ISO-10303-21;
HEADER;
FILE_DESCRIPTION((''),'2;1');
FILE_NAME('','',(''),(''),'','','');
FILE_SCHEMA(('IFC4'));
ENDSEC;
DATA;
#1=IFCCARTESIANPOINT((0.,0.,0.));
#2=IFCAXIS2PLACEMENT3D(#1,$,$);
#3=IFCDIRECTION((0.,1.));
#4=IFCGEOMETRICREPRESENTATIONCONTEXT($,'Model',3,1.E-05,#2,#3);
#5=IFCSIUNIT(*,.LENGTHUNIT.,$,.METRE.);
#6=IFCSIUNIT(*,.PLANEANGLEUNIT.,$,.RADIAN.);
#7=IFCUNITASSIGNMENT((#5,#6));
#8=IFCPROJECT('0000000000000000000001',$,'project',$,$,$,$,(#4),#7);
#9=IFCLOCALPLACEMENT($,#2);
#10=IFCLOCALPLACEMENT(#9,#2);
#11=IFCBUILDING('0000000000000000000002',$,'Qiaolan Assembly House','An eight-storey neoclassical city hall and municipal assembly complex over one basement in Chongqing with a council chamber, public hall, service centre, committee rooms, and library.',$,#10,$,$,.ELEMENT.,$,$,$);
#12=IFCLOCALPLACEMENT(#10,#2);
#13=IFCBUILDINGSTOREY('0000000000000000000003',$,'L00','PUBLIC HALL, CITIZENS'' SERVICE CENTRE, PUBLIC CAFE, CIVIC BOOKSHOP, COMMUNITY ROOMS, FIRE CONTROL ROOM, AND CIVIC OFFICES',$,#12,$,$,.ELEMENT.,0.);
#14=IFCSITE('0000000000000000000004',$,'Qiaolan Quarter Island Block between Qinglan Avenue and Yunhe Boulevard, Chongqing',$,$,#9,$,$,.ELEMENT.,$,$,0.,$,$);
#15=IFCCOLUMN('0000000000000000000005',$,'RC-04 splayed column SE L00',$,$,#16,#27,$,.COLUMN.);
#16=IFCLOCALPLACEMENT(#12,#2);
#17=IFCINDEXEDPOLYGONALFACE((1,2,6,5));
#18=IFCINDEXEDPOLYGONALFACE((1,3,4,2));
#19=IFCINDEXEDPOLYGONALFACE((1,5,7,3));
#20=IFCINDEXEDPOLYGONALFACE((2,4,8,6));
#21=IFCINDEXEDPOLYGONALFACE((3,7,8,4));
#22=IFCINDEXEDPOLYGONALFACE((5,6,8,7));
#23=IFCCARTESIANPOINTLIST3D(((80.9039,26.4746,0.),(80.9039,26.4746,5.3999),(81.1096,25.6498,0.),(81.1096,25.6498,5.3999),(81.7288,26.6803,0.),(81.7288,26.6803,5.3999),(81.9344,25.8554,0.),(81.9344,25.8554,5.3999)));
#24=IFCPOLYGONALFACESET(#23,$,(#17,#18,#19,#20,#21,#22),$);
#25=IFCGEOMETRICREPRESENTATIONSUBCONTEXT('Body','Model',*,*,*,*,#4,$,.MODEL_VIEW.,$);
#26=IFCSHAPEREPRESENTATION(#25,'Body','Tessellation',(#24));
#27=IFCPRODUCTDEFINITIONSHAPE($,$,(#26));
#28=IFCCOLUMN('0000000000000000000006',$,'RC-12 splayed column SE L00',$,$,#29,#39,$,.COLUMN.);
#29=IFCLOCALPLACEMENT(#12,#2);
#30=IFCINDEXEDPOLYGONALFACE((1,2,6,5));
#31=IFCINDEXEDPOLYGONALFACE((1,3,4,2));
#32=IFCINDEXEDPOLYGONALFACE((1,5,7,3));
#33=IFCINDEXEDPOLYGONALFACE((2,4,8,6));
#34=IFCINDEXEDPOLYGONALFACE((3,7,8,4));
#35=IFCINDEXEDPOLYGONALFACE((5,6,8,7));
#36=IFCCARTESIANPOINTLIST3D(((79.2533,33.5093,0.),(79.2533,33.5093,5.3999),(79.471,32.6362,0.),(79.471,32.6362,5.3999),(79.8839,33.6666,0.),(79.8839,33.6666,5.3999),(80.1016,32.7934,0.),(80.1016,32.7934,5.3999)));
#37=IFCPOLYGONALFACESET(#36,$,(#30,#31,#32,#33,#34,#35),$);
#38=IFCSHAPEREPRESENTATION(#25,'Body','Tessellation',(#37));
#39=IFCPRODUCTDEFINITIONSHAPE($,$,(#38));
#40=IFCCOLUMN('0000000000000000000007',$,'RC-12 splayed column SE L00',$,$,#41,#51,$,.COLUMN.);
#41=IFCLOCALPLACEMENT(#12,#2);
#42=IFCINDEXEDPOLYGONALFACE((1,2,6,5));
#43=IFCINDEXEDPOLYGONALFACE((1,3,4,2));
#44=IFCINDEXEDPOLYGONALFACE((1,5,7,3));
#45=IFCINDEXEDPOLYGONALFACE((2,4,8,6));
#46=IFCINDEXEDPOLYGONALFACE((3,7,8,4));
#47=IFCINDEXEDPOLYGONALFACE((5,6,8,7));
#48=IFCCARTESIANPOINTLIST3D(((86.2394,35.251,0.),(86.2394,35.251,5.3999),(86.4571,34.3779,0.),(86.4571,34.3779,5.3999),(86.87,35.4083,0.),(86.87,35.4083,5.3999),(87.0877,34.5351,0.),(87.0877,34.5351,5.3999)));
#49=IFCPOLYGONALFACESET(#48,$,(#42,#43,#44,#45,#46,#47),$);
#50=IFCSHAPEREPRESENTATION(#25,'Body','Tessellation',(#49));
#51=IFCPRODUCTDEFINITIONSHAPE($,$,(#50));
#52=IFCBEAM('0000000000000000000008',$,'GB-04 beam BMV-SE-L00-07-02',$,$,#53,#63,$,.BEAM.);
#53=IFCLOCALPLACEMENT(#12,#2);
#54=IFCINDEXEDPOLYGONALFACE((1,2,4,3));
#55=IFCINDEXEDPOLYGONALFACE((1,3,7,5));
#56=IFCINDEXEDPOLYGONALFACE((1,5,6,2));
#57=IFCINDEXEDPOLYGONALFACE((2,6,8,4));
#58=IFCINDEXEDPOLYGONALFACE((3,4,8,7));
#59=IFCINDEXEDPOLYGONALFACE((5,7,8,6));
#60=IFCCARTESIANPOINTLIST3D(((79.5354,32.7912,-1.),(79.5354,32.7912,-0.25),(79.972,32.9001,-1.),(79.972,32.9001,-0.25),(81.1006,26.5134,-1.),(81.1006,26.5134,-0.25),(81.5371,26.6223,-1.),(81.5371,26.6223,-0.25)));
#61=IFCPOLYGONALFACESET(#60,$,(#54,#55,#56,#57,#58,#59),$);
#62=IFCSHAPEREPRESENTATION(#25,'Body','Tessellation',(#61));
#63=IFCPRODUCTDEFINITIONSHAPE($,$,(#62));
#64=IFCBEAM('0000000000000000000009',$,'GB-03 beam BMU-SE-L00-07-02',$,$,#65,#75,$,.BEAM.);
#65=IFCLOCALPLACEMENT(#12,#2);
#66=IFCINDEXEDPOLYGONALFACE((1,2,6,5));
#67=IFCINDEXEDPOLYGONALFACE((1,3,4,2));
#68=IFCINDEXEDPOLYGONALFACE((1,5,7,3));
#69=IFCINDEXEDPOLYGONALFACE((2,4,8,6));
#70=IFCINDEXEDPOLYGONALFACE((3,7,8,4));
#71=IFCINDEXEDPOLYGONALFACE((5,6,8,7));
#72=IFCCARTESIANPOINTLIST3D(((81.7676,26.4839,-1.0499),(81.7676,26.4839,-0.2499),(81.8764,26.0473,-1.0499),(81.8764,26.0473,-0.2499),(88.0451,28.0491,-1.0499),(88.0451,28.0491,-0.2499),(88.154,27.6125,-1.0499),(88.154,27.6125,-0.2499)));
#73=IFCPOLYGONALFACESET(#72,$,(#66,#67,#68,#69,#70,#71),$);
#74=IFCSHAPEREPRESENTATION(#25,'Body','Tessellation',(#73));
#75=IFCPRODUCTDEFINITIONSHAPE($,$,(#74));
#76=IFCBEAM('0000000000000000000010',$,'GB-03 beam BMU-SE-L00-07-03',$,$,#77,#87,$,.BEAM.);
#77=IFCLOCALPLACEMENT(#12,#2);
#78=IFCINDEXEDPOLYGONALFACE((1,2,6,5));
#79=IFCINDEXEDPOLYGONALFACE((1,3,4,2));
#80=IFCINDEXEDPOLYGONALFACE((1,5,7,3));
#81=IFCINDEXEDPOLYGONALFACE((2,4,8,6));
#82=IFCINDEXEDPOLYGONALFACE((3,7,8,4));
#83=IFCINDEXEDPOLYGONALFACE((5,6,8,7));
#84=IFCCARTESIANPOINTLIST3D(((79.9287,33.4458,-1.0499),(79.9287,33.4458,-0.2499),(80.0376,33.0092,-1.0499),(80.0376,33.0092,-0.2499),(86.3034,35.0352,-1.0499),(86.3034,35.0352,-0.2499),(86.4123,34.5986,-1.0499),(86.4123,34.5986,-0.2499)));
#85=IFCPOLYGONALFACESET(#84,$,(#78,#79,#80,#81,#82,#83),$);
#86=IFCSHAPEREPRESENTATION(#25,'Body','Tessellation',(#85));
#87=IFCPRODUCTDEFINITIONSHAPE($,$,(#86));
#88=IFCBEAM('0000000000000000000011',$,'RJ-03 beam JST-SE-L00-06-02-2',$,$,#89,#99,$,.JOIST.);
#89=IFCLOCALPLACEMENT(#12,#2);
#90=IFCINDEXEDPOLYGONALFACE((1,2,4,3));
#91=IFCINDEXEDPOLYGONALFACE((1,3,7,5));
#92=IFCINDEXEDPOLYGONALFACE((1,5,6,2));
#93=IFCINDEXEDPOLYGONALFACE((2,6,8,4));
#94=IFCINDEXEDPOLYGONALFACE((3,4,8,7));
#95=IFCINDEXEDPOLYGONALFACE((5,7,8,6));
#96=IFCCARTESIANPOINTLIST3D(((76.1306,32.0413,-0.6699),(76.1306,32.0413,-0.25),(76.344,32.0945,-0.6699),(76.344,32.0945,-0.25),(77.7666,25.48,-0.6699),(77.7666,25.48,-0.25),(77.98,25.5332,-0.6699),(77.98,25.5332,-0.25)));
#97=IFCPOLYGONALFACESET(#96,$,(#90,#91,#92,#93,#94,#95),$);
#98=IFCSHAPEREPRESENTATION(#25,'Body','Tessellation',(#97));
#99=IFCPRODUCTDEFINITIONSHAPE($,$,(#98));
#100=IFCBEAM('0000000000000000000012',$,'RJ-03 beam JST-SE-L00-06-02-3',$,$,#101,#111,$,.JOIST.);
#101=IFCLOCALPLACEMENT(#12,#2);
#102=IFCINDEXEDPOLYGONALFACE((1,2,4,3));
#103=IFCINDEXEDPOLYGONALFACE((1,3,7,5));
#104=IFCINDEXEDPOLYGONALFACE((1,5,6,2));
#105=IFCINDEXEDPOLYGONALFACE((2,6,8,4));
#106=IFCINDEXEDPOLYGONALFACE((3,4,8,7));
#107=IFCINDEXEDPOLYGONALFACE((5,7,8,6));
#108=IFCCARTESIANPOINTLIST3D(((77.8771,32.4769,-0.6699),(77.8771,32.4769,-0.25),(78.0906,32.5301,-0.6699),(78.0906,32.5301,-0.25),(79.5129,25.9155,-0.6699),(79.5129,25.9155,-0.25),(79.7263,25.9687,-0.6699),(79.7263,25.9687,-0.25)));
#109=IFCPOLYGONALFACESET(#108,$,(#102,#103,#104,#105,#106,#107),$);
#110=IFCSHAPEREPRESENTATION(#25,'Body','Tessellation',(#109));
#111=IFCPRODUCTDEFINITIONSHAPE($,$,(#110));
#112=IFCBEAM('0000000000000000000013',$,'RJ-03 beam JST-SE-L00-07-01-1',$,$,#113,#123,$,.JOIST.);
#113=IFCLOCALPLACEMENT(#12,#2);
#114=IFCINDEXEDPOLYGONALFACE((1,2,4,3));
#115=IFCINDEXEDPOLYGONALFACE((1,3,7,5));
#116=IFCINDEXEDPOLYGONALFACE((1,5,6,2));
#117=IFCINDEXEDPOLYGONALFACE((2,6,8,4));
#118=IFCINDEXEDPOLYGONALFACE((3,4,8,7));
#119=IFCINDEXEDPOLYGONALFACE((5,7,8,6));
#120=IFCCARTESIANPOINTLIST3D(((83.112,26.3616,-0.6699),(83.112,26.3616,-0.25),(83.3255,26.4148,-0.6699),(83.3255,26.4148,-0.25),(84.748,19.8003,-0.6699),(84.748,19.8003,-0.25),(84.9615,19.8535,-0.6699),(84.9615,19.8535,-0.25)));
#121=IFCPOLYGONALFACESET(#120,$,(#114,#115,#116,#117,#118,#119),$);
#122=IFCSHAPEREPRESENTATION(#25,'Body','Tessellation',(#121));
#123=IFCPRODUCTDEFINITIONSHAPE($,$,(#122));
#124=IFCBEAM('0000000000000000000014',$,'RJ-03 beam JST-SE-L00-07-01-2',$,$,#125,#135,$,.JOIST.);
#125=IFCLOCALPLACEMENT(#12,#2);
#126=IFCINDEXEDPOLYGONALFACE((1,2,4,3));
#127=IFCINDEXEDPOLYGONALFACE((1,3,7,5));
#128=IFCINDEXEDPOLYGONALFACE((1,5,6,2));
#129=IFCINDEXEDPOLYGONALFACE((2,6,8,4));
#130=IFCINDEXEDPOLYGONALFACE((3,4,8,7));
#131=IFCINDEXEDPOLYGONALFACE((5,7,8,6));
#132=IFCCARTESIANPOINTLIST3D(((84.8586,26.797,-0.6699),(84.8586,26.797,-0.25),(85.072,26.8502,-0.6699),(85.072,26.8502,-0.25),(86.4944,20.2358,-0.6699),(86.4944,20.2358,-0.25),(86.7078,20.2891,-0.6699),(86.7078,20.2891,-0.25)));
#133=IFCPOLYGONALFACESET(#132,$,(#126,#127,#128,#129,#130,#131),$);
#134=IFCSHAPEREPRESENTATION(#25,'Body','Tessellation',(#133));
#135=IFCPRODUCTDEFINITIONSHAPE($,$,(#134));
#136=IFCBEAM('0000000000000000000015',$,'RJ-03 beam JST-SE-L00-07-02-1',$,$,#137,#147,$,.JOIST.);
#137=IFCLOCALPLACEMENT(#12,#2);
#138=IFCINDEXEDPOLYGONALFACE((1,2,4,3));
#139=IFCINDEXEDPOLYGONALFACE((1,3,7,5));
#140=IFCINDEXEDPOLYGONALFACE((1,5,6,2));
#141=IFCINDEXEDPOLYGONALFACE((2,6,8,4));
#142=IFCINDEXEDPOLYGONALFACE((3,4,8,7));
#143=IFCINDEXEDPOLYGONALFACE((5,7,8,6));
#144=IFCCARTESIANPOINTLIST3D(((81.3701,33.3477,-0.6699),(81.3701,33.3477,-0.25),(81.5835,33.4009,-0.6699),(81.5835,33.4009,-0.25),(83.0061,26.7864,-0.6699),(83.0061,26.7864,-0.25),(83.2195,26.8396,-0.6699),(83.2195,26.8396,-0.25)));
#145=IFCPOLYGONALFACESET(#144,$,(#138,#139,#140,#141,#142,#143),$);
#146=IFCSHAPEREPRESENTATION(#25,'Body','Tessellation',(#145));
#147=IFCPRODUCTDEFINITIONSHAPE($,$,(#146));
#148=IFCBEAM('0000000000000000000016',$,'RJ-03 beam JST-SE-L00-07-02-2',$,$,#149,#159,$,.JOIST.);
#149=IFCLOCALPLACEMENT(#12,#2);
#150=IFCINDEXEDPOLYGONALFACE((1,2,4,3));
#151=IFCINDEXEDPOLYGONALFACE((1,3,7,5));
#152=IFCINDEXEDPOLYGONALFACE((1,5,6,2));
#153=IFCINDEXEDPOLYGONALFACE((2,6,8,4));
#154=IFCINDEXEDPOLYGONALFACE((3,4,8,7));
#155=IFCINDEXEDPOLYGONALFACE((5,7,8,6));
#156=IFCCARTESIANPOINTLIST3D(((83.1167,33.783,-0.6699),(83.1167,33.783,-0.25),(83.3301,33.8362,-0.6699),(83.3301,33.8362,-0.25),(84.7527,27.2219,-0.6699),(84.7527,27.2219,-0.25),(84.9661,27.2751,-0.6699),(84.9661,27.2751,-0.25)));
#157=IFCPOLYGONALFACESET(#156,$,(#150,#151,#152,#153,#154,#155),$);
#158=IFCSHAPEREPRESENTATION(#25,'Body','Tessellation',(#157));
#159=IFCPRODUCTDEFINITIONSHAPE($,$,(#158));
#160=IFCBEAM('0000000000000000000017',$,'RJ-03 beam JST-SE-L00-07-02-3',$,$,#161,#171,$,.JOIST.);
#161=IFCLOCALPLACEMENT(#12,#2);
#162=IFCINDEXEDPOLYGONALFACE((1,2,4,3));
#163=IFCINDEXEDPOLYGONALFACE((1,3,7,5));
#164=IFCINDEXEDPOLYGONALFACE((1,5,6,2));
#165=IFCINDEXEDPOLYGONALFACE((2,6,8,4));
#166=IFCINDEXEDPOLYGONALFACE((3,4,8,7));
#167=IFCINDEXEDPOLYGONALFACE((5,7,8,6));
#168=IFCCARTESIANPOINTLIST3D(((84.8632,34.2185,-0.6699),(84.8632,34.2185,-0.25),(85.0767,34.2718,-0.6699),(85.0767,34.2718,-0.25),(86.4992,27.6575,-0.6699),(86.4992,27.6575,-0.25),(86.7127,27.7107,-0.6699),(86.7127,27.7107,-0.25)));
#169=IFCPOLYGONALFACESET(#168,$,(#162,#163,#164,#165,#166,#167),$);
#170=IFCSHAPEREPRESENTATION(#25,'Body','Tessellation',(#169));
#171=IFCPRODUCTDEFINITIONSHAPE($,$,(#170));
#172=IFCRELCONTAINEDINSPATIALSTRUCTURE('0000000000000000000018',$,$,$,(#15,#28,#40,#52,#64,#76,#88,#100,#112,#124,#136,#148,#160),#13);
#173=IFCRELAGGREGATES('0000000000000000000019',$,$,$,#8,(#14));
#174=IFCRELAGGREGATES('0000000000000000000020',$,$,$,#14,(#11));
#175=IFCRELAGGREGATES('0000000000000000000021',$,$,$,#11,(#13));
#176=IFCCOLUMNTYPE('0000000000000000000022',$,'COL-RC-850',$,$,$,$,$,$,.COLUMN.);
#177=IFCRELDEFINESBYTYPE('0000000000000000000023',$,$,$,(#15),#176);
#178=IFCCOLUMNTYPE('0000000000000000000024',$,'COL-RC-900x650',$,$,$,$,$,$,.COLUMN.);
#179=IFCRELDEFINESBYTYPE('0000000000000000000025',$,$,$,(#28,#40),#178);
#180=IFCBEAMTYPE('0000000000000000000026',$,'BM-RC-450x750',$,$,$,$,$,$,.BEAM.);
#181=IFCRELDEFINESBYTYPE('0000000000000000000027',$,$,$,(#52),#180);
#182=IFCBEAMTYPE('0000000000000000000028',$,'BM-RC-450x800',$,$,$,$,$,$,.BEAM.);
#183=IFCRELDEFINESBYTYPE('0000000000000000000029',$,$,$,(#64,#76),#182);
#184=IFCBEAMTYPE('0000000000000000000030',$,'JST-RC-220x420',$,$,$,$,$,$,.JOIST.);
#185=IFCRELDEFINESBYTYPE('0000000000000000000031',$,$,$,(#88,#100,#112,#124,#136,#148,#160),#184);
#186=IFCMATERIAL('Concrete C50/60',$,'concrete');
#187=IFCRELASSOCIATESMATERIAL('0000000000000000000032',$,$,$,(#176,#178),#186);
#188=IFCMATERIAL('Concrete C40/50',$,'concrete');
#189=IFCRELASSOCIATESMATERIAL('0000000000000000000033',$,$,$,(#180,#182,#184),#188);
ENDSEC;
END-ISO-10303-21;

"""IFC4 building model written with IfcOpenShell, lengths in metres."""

from ifc_helpers import new_model, si_unit, direction, frame, origin, origin_2d, place, context, subcontext, project, spatial, rectangle, extrude, material, material_profile, profile_set, type_object, element, save


model = new_model("IFC4")

# Units and contexts
model_context = context("Model", 3, precision=1e-05, world=origin(), true_north=direction((0.0, 1.0)))
body_context = subcontext(model_context, "Body", "Model", "MODEL_VIEW")
ifc_project = project(units=[si_unit("LENGTHUNIT", "METRE"), si_unit("PLANEANGLEUNIT", "RADIAN")], contexts=[model_context])

# Site, building, storey
site_placement = place(None, origin())
site = spatial("IfcSite", under=ifc_project, at=site_placement, Name="Qiaolan Quarter Island Block between Qinglan Avenue and Yunhe Boulevard, Chongqing", CompositionType="ELEMENT", RefElevation=0.0)
building_placement = place(site_placement, origin())
building = spatial("IfcBuilding", under=site, at=building_placement, Name="Qiaolan Assembly House", Description="An eight-storey neoclassical city hall and municipal assembly complex over one basement in Chongqing with a council chamber, public hall, service centre, committee rooms, and library.", CompositionType="ELEMENT")
storey_placement = place(building_placement, origin())
storey = spatial("IfcBuildingStorey", under=building, at=storey_placement, Name="L00", Description="PUBLIC HALL, CITIZENS' SERVICE CENTRE, PUBLIC CAFE, CIVIC BOOKSHOP, COMMUNITY ROOMS, FIRE CONTROL ROOM, AND CIVIC OFFICES", CompositionType="ELEMENT", Elevation=0.0)

# Columns
ifc_material_1 = material(Name="Concrete C50/60", Category="concrete")
ifc_material_profile_1 = material_profile(ifc_material_1, rectangle(XDim=0.8501, YDim=0.8501, at=origin_2d()), Name="RC 850x850")
ifc_profile_set_1 = profile_set([ifc_material_profile_1], Name="Concrete C50/60")
column_type_1 = type_object("IfcColumnType", Name="COL-RC-850", PredefinedType="COLUMN", material=ifc_profile_set_1)
column_placement = place(storey_placement, frame((81.4192, 26.165, 0.0), z_axis=(0.0, 0.0, 1.0), x_axis=(0.970296, 0.241922, 0.0)))
element("IfcColumn", 1, at=column_placement, inside=storey, type_object=column_type_1, Name="RC-04 splayed column SE L00", PredefinedType="COLUMN", context=body_context, shape_type="SweptSolid", body=[
    extrude(rectangle(XDim=0.8501, YDim=0.8501, at=origin_2d()), origin(), (0.0, 0.0, 1.0), 5.3999),
])
ifc_material_profile_2 = material_profile(ifc_material_1, rectangle(XDim=0.6499, YDim=0.8999, at=origin_2d()), Name="RC 900x650")
ifc_profile_set_2 = profile_set([ifc_material_profile_2], Name="Concrete C50/60")
column_type_2 = type_object("IfcColumnType", Name="COL-RC-900x650", PredefinedType="COLUMN", material=ifc_profile_set_2)
for number, where, z_axis, x_axis, name in (
    (2, (79.6775, 33.1514, 0.0), (0.0, 0.0, 1.0), (0.970296, 0.241922, 0.0), "RC-12 splayed column SE L00"),
    (3, (86.6636, 34.8931, 0.0), (0.0, 0.0, 1.0), (0.970296, 0.241922, 0.0), "RC-12 splayed column SE L00"),
):
    element("IfcColumn", number, at=place(storey_placement, frame(where, z_axis=z_axis, x_axis=x_axis)), inside=storey, type_object=column_type_2, Name=name, PredefinedType="COLUMN", context=body_context, shape_type="SweptSolid", body=[
        extrude(rectangle(XDim=0.6499, YDim=0.8999, at=origin_2d()), origin(), (0.0, 0.0, 1.0), 5.3999),
    ])

# Beams
ifc_material_2 = material(Name="Concrete C40/50", Category="concrete")
ifc_material_profile_3 = material_profile(ifc_material_2, rectangle(XDim=0.45, YDim=0.75, at=origin_2d()), Name="RCB 450x750")
ifc_profile_set_3 = profile_set([ifc_material_profile_3], Name="Concrete C40/50")
beam_type_1 = type_object("IfcBeamType", Name="BM-RC-450x750", PredefinedType="BEAM", material=ifc_profile_set_3)
beam_1_placement = place(storey_placement, frame((81.3188, 26.5679, -0.625), z_axis=(-0.241914, 0.970298, 0.0), x_axis=(-0.970298, -0.241914, 0.0)))
element("IfcBeam", 4, at=beam_1_placement, inside=storey, type_object=beam_type_1, Name="GB-04 beam BMV-SE-L00-07-02", PredefinedType="BEAM", context=body_context, shape_type="SweptSolid", body=[
    extrude(rectangle(XDim=0.45, YDim=0.75, at=origin_2d()), origin(), (0.0, 0.0, 1.0), 6.47),
])
ifc_material_profile_4 = material_profile(ifc_material_2, rectangle(XDim=0.45, YDim=0.8, at=origin_2d()), Name="RCB 450x800")
ifc_profile_set_4 = profile_set([ifc_material_profile_4], Name="Concrete C40/50")
beam_type_2 = type_object("IfcBeamType", Name="BM-RC-450x800", PredefinedType="BEAM", material=ifc_profile_set_4)
beam_2_placement = place(storey_placement, frame((81.822, 26.2656, -0.6499), z_axis=(0.970295, 0.241923, 0.0), x_axis=(-0.241923, 0.970295, 0.0)))
element("IfcBeam", 5, at=beam_2_placement, inside=storey, type_object=beam_type_2, Name="GB-03 beam BMU-SE-L00-07-02", PredefinedType="BEAM", context=body_context, shape_type="SweptSolid", body=[
    extrude(rectangle(XDim=0.45, YDim=0.8, at=origin_2d()), origin(), (0.0, 0.0, 1.0), 6.4697),
])
beam_3_placement = place(storey_placement, frame((79.9832, 33.2275, -0.6499), z_axis=(0.970298, 0.241915, 0.0), x_axis=(-0.241915, 0.970298, 0.0)))
element("IfcBeam", 6, at=beam_3_placement, inside=storey, type_object=beam_type_2, Name="GB-03 beam BMU-SE-L00-07-03", PredefinedType="BEAM", context=body_context, shape_type="SweptSolid", body=[
    extrude(rectangle(XDim=0.45, YDim=0.8, at=origin_2d()), origin(), (0.0, 0.0, 1.0), 6.5698),
])
ifc_material_profile_5 = material_profile(ifc_material_2, rectangle(XDim=0.22, YDim=0.4199, at=origin_2d()), Name="RCB 220x420")
ifc_profile_set_5 = profile_set([ifc_material_profile_5], Name="Concrete C40/50")
beam_type_3 = type_object("IfcBeamType", Name="JST-RC-220x420", PredefinedType="JOIST", material=ifc_profile_set_5)
for number, where, z_axis, x_axis, name in (
    (7, (77.8733, 25.5066, -0.46), (-0.241932, 0.970293, 0.0), (-0.970293, -0.241932, 0.0), "RJ-03 beam JST-SE-L00-06-02-2"),
    (8, (79.6196, 25.9421, -0.46), (-0.241898, 0.970302, 0.0), (-0.970302, -0.241898, 0.0), "RJ-03 beam JST-SE-L00-06-02-3"),
    (9, (84.8547, 19.8269, -0.46), (-0.241932, 0.970293, 0.0), (-0.970293, -0.241932, 0.0), "RJ-03 beam JST-SE-L00-07-01-1"),
):
    element("IfcBeam", number, at=place(storey_placement, frame(where, z_axis=z_axis, x_axis=x_axis)), inside=storey, type_object=beam_type_3, Name=name, PredefinedType="JOIST", context=body_context, shape_type="SweptSolid", body=[
        extrude(rectangle(XDim=0.22, YDim=0.4199, at=origin_2d()), origin(), (0.0, 0.0, 1.0), 6.7622),
    ])
beam_4_placement = place(storey_placement, frame((86.6011, 20.2625, -0.46), z_axis=(-0.241907, 0.970299, 0.0), x_axis=(-0.970299, -0.241907, 0.0)))
element("IfcBeam", 10, at=beam_4_placement, inside=storey, type_object=beam_type_3, Name="RJ-03 beam JST-SE-L00-07-01-2", PredefinedType="JOIST", context=body_context, shape_type="SweptSolid", body=[
    extrude(rectangle(XDim=0.22, YDim=0.4199, at=origin_2d()), origin(), (0.0, 0.0, 1.0), 6.762),
])
beam_5_placement = place(storey_placement, frame((83.1128, 26.813, -0.46), z_axis=(-0.241932, 0.970293, 0.0), x_axis=(-0.970293, -0.241932, 0.0)))
element("IfcBeam", 11, at=beam_5_placement, inside=storey, type_object=beam_type_3, Name="RJ-03 beam JST-SE-L00-07-02-1", PredefinedType="JOIST", context=body_context, shape_type="SweptSolid", body=[
    extrude(rectangle(XDim=0.22, YDim=0.4199, at=origin_2d()), origin(), (0.0, 0.0, 1.0), 6.7622),
])
for number, where, z_axis, x_axis, name in (
    (12, (84.8594, 27.2485, -0.46), (-0.241941, 0.970291, 0.0), (-0.970291, -0.241941, 0.0), "RJ-03 beam JST-SE-L00-07-02-2"),
    (13, (86.606, 27.6841, -0.46), (-0.241941, 0.970291, 0.0), (-0.970291, -0.241941, 0.0), "RJ-03 beam JST-SE-L00-07-02-3"),
):
    element("IfcBeam", number, at=place(storey_placement, frame(where, z_axis=z_axis, x_axis=x_axis)), inside=storey, type_object=beam_type_3, Name=name, PredefinedType="JOIST", context=body_context, shape_type="SweptSolid", body=[
        extrude(rectangle(XDim=0.22, YDim=0.4199, at=origin_2d()), origin(), (0.0, 0.0, 1.0), 6.762),
    ])

save(model, "model.ifc")
